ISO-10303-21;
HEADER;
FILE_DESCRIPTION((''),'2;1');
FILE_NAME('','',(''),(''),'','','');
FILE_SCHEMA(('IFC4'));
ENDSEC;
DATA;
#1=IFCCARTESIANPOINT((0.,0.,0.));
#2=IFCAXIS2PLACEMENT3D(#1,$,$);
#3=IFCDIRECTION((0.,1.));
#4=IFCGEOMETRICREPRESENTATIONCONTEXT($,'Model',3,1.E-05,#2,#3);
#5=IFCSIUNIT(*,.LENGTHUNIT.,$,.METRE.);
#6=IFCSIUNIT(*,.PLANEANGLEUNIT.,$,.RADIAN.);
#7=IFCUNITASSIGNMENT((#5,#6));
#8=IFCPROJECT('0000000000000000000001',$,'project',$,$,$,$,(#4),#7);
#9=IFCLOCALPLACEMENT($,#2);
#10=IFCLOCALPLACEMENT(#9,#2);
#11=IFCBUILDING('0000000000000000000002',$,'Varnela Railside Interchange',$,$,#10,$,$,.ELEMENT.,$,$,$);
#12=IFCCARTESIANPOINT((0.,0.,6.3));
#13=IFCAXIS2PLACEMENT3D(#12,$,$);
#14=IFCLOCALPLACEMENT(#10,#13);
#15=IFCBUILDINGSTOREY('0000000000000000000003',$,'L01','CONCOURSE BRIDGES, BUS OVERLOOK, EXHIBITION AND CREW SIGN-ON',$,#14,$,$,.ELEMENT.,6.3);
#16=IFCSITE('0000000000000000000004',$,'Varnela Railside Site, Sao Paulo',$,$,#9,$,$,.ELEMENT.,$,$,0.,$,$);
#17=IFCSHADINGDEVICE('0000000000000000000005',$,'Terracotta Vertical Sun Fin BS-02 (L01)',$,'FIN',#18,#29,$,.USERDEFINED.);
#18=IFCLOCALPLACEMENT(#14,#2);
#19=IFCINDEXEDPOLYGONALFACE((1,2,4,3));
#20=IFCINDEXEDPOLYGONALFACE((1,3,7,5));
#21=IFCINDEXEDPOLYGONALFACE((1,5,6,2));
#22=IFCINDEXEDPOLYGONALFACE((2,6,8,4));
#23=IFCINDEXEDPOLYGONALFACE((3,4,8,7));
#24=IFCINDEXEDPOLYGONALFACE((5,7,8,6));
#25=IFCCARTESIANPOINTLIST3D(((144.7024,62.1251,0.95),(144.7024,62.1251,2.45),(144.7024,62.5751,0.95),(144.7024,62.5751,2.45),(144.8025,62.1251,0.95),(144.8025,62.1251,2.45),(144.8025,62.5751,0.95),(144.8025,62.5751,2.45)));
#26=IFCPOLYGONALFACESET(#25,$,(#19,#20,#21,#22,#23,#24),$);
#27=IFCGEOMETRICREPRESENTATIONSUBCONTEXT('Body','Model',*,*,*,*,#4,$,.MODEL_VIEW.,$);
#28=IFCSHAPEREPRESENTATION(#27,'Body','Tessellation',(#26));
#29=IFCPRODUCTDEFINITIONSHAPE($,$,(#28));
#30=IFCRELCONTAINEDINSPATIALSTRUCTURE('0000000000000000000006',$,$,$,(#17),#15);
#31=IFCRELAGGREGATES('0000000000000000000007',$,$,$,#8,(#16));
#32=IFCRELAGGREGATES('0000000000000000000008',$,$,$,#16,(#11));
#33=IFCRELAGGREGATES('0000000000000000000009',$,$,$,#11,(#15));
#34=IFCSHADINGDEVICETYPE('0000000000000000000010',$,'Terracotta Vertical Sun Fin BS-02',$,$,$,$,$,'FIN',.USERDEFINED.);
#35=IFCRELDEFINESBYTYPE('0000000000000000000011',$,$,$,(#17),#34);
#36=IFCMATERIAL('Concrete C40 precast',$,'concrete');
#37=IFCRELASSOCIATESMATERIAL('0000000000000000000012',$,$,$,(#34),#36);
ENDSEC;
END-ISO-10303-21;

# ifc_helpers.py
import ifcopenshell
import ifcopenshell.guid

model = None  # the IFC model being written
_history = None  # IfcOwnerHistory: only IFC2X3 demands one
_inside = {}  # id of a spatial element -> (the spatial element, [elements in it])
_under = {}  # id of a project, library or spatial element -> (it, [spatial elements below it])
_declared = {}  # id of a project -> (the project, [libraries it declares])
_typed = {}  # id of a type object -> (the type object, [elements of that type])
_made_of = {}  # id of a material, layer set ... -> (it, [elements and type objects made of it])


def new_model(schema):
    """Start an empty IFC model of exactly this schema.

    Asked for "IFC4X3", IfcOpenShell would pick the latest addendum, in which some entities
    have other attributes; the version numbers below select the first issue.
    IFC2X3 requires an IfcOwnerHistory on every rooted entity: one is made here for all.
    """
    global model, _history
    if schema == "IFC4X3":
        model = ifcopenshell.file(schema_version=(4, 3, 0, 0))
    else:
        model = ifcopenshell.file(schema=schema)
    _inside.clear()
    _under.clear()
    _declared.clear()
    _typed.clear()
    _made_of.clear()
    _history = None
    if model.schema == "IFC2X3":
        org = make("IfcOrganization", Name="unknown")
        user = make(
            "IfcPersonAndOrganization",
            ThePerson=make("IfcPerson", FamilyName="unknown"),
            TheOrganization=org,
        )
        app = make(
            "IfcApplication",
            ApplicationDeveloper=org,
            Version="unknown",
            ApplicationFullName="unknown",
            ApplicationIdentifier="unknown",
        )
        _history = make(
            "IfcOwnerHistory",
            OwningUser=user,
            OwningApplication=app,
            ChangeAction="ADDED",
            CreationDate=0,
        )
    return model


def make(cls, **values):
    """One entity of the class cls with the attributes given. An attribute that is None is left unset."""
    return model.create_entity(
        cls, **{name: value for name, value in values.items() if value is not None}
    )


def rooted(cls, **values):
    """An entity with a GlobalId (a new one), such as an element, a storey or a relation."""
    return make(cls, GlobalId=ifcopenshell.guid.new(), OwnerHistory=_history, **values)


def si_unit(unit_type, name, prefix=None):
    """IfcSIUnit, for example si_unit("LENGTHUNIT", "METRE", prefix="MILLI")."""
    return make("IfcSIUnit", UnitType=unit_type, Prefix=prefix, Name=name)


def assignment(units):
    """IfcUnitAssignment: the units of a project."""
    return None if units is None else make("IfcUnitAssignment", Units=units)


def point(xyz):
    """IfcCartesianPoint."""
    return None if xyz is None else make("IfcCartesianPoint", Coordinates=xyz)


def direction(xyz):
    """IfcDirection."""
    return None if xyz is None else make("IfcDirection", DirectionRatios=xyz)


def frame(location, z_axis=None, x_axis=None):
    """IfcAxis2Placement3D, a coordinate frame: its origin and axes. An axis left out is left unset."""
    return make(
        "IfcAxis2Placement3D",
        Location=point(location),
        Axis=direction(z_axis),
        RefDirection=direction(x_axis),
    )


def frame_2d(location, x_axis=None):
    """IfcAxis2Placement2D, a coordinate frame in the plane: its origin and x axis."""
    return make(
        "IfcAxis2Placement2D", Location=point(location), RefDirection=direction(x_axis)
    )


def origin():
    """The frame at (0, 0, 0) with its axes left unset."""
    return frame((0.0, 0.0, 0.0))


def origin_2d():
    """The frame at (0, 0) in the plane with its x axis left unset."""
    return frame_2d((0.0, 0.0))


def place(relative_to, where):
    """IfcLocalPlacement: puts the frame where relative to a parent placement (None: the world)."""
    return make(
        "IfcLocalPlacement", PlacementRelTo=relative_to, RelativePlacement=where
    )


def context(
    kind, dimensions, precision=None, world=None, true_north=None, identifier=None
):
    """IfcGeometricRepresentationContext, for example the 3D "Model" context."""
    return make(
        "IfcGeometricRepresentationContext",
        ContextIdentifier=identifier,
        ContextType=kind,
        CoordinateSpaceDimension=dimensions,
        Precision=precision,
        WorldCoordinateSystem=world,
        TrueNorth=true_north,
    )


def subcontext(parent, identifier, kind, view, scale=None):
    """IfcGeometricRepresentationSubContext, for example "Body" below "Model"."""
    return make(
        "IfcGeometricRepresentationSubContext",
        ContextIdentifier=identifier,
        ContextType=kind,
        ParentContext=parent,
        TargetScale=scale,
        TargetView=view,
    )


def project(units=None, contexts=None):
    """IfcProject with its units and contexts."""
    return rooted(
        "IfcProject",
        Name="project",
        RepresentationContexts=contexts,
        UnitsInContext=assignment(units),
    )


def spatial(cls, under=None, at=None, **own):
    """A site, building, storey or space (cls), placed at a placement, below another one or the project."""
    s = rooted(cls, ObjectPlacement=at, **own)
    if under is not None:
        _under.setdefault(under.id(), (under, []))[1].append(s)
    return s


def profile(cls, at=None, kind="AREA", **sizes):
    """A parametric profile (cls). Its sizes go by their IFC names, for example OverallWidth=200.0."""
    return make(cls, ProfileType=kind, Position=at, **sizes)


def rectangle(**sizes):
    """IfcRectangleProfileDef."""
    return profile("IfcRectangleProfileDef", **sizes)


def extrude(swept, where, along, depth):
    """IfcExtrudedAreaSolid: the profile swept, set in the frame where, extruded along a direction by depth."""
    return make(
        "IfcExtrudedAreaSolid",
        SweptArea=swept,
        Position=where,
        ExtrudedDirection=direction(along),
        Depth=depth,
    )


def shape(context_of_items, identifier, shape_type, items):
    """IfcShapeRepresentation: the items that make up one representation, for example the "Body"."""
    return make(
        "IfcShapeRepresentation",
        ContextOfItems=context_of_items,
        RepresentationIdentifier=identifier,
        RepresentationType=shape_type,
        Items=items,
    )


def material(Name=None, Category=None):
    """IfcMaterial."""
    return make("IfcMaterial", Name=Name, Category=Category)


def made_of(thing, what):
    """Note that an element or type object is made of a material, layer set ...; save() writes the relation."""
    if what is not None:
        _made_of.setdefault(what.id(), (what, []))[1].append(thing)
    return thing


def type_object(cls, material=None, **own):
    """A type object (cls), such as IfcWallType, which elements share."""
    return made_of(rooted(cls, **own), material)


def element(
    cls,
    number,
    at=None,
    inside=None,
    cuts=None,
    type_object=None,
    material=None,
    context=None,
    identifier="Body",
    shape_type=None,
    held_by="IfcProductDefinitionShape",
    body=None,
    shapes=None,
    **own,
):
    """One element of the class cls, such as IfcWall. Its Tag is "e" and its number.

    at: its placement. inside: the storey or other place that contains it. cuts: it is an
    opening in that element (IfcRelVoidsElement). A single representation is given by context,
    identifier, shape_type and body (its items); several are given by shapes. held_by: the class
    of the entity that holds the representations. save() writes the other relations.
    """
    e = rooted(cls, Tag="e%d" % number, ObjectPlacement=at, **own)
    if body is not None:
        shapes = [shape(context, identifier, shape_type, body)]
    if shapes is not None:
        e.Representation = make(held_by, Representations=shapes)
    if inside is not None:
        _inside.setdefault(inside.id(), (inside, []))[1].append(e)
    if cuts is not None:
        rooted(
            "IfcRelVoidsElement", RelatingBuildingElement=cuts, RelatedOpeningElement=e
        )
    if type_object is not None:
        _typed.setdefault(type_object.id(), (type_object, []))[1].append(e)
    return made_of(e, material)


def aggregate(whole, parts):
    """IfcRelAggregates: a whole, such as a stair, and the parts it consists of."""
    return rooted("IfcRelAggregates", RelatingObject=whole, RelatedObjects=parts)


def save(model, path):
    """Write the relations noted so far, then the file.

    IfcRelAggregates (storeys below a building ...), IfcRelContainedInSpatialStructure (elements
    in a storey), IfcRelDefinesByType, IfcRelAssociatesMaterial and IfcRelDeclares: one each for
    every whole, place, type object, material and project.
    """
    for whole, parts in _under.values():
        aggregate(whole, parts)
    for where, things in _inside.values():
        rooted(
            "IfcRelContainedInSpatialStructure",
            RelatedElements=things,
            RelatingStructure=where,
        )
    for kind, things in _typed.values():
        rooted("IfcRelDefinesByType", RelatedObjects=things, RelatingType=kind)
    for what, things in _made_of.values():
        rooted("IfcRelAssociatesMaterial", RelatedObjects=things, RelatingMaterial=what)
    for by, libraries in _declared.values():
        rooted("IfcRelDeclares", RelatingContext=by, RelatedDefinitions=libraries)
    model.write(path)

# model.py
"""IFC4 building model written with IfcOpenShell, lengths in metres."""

from ifc_helpers import new_model, si_unit, direction, frame, origin, origin_2d, place, context, subcontext, project, spatial, rectangle, extrude, material, type_object, element, save


model = new_model("IFC4")

# Units and contexts
model_context = context("Model", 3, precision=1e-05, world=origin(), true_north=direction((0.0, 1.0)))
body_context = subcontext(model_context, "Body", "Model", "MODEL_VIEW")
ifc_project = project(units=[si_unit("LENGTHUNIT", "METRE"), si_unit("PLANEANGLEUNIT", "RADIAN")], contexts=[model_context])

# Site, building, storey
site_placement = place(None, origin())
site = spatial("IfcSite", under=ifc_project, at=site_placement, Name="Varnela Railside Site, Sao Paulo", CompositionType="ELEMENT", RefElevation=0.0)
building_placement = place(site_placement, origin())
building = spatial("IfcBuilding", under=site, at=building_placement, Name="Varnela Railside Interchange", CompositionType="ELEMENT")
storey_placement = place(building_placement, frame((0.0, 0.0, 6.3)))
storey = spatial("IfcBuildingStorey", under=building, at=storey_placement, Name="L01", Description="CONCOURSE BRIDGES, BUS OVERLOOK, EXHIBITION AND CREW SIGN-ON", CompositionType="ELEMENT", Elevation=6.3)

# Shared definitions
ifc_material_1 = material(Name="Concrete C40 precast", Category="concrete")

# Shading device
shading_device_type = type_object("IfcShadingDeviceType", Name="Terracotta Vertical Sun Fin BS-02", ElementType="FIN", PredefinedType="USERDEFINED", material=ifc_material_1)
for number, where, z_axis, x_axis, name in (
    (1, (144.7524, 62.3501, 0.95), (0.0, 0.0, 1.0), (0.0, 1.0, 0.0), "Terracotta Vertical Sun Fin BS-02 (L01)"),
):
    element("IfcShadingDevice", number, at=place(storey_placement, frame(where, z_axis=z_axis, x_axis=x_axis)), inside=storey, type_object=shading_device_type, Name=name, ObjectType="FIN", PredefinedType="USERDEFINED", context=body_context, shape_type="SweptSolid", body=[
        extrude(rectangle(XDim=0.45, YDim=0.1001, at=origin_2d()), origin(), (0.0, 0.0, 1.0), 1.5),
    ])

save(model, "model.ifc")
